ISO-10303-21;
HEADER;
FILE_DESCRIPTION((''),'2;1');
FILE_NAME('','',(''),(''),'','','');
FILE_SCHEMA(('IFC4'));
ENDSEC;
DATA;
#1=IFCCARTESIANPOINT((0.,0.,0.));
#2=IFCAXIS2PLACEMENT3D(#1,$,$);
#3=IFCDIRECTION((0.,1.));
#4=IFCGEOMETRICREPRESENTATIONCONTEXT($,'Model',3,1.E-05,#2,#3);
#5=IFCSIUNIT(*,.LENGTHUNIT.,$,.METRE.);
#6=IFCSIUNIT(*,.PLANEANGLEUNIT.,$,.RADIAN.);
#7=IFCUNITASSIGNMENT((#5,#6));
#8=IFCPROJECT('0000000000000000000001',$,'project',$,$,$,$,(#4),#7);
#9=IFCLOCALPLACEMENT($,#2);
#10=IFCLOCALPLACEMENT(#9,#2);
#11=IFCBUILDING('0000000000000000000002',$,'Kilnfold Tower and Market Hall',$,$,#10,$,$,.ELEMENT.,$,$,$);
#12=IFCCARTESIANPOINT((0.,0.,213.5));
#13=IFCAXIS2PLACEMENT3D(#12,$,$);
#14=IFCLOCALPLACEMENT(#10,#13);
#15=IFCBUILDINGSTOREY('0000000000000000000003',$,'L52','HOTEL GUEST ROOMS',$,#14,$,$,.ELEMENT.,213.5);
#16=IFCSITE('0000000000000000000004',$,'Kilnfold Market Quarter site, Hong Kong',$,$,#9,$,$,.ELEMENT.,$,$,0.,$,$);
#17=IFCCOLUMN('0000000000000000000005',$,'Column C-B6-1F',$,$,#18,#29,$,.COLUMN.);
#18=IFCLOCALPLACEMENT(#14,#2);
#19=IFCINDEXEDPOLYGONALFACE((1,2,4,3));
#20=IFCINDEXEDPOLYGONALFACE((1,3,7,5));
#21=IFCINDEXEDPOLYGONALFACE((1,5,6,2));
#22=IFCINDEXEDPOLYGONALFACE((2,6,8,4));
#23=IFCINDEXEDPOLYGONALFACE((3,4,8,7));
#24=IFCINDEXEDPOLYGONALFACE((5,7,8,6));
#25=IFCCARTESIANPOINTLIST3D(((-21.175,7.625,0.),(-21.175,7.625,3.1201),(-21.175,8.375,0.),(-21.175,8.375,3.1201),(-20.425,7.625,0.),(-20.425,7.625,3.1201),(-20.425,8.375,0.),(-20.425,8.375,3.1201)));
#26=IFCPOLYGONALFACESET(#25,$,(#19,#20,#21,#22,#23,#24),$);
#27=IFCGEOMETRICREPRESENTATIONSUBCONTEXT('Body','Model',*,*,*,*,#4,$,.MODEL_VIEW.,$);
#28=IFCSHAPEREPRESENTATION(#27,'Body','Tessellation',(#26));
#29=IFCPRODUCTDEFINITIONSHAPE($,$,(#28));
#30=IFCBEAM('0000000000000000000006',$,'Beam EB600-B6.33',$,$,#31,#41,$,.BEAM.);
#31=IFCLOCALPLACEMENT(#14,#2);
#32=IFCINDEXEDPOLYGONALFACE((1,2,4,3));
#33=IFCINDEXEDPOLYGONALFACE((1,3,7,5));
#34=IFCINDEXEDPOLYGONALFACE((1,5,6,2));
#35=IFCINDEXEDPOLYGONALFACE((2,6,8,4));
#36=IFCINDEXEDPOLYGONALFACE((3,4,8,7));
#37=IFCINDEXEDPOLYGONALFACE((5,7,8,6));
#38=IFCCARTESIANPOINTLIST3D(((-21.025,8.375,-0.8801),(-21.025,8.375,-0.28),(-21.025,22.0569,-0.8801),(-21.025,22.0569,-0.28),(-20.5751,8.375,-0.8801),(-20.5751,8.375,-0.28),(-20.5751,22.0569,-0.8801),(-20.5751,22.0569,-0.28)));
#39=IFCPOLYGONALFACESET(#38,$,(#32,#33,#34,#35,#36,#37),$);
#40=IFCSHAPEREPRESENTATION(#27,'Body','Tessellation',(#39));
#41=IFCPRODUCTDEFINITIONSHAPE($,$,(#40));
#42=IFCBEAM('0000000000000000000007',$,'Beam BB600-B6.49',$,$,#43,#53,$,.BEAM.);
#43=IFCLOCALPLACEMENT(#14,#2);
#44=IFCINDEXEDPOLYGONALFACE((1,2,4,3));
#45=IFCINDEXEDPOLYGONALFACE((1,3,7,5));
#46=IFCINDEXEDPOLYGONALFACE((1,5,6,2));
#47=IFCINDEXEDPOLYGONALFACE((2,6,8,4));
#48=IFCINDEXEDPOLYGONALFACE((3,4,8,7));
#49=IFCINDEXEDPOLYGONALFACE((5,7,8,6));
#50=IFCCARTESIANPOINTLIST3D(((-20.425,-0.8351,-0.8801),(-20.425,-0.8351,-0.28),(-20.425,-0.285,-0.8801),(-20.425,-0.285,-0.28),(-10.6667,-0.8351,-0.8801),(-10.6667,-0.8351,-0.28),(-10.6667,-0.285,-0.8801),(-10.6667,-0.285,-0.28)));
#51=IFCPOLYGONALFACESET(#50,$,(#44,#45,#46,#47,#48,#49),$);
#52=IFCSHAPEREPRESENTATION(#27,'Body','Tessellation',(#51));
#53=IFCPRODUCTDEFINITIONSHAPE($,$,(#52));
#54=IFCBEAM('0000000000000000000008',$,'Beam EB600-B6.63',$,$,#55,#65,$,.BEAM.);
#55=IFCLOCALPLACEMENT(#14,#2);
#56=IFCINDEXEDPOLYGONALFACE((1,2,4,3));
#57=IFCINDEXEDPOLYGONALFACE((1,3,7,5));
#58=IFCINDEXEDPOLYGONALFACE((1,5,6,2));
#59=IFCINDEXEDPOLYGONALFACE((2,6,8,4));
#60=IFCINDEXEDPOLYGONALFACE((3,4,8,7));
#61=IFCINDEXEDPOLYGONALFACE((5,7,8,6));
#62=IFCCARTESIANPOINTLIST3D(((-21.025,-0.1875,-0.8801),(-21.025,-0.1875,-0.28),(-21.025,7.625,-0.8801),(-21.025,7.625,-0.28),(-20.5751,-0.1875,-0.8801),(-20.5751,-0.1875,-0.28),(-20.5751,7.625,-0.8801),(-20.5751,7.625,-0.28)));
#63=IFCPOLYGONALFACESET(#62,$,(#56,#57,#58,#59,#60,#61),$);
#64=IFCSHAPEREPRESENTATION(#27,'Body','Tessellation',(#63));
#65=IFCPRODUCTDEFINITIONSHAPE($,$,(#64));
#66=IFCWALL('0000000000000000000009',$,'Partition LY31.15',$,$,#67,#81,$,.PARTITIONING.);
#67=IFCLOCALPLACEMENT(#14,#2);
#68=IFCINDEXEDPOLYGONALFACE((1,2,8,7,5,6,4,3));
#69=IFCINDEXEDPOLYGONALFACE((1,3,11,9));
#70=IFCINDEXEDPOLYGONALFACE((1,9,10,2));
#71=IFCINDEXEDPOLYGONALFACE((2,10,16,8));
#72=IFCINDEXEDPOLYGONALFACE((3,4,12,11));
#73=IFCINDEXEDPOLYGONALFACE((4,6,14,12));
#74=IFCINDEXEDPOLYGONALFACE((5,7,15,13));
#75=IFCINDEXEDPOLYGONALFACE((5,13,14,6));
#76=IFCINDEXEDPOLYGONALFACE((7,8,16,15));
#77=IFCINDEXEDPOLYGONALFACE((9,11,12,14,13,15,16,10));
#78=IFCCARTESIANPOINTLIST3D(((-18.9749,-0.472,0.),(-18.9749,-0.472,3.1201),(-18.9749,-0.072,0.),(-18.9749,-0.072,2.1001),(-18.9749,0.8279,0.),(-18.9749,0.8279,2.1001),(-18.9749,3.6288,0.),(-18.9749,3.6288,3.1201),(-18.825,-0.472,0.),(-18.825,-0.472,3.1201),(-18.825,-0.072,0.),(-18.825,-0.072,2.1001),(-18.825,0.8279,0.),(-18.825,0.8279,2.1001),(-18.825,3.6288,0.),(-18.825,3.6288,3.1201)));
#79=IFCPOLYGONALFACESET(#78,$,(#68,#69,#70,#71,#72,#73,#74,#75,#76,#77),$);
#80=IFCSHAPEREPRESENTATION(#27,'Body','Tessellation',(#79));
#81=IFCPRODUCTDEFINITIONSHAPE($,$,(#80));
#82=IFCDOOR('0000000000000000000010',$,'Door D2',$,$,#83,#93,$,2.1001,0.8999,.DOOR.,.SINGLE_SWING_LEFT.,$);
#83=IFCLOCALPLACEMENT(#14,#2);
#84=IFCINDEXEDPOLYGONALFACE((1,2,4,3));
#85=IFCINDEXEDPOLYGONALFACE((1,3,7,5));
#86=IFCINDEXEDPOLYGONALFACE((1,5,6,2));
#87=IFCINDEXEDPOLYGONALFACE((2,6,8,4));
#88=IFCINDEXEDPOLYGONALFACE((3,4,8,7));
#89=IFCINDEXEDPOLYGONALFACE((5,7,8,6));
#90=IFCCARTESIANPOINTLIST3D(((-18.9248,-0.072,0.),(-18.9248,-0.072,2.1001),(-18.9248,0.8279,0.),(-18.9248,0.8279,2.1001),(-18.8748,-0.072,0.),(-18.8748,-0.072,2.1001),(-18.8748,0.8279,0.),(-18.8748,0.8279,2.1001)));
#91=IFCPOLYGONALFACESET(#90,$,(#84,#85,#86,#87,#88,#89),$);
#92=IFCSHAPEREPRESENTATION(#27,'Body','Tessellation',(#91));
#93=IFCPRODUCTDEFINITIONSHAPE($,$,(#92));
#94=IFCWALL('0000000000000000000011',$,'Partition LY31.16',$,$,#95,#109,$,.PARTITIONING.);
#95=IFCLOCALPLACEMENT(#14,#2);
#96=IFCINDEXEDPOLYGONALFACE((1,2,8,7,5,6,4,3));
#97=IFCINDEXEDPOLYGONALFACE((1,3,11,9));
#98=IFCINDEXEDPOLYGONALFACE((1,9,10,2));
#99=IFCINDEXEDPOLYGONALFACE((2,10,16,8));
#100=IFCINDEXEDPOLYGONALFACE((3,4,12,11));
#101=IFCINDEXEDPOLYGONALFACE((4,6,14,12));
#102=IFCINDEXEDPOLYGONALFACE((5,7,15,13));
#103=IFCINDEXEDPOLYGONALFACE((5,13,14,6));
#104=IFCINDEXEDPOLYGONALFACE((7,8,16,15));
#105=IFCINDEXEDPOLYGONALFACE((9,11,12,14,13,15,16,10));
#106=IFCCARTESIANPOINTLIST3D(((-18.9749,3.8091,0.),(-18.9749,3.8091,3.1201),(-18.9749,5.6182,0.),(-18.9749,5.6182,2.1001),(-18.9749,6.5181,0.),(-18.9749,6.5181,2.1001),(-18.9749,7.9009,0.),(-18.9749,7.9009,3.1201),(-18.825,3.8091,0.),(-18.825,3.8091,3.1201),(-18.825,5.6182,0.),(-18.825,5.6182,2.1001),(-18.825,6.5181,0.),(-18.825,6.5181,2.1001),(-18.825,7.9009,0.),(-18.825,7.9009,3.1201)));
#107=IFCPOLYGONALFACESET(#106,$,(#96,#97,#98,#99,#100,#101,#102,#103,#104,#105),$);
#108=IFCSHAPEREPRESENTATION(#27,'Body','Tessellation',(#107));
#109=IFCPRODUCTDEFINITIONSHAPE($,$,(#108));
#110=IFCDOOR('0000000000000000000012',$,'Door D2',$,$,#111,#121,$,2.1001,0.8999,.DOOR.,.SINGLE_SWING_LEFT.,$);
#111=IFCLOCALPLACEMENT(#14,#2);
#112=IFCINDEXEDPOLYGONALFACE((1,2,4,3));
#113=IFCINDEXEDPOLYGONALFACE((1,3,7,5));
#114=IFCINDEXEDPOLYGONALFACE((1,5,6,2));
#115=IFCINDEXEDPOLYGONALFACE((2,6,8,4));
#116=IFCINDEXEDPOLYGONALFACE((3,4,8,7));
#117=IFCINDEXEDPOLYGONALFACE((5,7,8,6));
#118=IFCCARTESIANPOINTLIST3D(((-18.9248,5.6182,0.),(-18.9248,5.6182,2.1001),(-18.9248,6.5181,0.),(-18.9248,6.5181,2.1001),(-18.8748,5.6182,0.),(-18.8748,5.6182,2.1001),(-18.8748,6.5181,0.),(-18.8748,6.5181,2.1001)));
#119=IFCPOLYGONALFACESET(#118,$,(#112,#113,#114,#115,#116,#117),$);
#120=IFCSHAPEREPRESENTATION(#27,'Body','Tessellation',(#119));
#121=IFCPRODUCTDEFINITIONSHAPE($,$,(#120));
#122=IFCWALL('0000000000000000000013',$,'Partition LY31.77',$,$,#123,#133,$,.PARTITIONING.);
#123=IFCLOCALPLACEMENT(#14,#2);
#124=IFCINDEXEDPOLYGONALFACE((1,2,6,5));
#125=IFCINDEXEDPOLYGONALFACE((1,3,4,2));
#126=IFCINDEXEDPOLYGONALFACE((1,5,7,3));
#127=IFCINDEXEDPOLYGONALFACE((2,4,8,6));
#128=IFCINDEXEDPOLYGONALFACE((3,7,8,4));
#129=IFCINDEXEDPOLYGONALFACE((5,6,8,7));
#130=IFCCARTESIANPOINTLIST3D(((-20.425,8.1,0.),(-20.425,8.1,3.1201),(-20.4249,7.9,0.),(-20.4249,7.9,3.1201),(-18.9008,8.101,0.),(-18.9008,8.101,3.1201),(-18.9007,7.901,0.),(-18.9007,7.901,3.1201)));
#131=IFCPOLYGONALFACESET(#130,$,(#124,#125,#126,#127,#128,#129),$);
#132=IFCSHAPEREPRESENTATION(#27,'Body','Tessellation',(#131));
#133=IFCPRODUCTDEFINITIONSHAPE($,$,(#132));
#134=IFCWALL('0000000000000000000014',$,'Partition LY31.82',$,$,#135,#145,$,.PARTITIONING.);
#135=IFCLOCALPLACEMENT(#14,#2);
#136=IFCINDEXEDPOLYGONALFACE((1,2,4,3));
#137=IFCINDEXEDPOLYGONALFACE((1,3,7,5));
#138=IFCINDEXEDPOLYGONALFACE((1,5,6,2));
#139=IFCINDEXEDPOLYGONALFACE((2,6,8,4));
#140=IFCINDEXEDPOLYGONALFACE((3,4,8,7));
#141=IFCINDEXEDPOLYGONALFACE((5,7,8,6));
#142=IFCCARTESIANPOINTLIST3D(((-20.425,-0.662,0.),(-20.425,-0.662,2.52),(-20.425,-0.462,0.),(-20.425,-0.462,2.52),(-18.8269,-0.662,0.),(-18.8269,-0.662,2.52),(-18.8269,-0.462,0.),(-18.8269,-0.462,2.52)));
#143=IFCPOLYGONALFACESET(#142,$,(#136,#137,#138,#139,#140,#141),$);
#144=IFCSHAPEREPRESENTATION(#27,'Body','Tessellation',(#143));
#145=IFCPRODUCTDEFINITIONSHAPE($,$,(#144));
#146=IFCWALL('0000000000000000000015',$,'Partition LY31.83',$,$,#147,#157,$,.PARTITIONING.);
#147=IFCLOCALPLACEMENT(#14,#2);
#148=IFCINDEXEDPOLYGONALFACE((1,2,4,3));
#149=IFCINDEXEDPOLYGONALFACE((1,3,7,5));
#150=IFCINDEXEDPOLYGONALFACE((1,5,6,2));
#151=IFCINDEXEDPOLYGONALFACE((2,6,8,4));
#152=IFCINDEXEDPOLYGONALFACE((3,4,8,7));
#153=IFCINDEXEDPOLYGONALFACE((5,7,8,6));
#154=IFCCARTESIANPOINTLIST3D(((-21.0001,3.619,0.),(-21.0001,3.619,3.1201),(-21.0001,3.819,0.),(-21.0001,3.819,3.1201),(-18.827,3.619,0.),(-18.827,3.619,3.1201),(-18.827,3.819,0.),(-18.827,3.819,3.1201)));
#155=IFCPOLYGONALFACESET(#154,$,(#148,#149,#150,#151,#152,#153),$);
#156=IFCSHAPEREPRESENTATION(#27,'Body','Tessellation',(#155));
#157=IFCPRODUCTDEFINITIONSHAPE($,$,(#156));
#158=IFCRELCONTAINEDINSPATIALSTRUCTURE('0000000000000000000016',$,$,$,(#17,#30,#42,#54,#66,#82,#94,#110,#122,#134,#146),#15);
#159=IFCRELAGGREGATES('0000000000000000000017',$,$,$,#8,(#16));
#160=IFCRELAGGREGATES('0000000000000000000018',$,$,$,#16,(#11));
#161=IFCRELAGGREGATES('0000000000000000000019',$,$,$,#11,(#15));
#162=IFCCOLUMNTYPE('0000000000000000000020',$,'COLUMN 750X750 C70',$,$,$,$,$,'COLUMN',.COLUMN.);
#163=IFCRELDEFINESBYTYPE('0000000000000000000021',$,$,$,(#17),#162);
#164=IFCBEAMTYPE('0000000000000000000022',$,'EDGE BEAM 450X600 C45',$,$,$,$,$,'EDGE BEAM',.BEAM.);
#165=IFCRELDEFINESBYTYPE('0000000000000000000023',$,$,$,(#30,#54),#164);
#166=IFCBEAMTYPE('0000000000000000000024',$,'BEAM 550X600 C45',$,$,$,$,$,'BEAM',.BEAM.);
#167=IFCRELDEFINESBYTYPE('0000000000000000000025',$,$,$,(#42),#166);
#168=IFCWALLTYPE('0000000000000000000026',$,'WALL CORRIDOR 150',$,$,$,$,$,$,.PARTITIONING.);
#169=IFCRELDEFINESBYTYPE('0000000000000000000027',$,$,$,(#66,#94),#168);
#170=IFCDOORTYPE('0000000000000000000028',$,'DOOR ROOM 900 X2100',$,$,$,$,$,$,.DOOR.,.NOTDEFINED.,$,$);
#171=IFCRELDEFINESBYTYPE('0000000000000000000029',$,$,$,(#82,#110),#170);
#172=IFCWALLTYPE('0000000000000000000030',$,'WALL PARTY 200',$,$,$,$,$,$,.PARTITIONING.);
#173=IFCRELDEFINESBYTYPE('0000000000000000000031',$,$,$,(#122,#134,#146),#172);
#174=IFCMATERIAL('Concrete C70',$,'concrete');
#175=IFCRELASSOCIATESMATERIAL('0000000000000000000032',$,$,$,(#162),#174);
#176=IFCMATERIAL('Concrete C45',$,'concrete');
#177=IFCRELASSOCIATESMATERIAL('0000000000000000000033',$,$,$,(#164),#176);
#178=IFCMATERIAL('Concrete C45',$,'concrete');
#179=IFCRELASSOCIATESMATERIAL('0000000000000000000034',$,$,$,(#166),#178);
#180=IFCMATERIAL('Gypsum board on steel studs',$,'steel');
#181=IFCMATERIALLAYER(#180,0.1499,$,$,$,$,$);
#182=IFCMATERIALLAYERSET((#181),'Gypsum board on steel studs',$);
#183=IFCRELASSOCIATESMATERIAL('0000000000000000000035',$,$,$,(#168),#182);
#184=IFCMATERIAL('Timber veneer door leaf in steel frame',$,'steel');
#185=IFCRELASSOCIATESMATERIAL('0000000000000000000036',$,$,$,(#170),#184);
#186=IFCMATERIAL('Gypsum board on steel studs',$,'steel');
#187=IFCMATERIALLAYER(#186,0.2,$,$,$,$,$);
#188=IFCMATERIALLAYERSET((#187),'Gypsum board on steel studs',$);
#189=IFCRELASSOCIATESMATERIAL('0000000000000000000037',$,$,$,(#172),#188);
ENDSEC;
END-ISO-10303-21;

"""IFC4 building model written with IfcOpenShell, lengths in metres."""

from ifc_helpers import new_model, si_unit, direction, frame, frame_2d, origin, origin_2d, place, context, subcontext, project, spatial, rectangle, extrude, source, transform, mapped, material, layer, layer_set, material_profile, profile_set, type_object, element, fill, save


model = new_model("IFC4")

# Units and contexts
model_context = context("Model", 3, precision=1e-05, world=origin(), true_north=direction((0.0, 1.0)))
body_context = subcontext(model_context, "Body", "Model", "MODEL_VIEW")
ifc_project = project(units=[si_unit("LENGTHUNIT", "METRE"), si_unit("PLANEANGLEUNIT", "RADIAN")], contexts=[model_context])

# Site, building, storey
site_placement = place(None, origin())
site = spatial("IfcSite", under=ifc_project, at=site_placement, Name="Kilnfold Market Quarter site, Hong Kong", CompositionType="ELEMENT", RefElevation=0.0)
building_placement = place(site_placement, origin())
building = spatial("IfcBuilding", under=site, at=building_placement, Name="Kilnfold Tower and Market Hall", CompositionType="ELEMENT")
storey_placement = place(building_placement, frame((0.0, 0.0, 213.5)))
storey = spatial("IfcBuildingStorey", under=building, at=storey_placement, Name="L52", Description="HOTEL GUEST ROOMS", CompositionType="ELEMENT", Elevation=213.5)

# Column
ifc_material_1 = material(Name="Concrete C70", Category="concrete")
ifc_material_profile_1 = material_profile(ifc_material_1, rectangle(XDim=0.75, YDim=0.75, at=origin_2d()), Name="RC 750x750")
ifc_profile_set_1 = profile_set([ifc_material_profile_1], Name="Concrete C70")
column_type = type_object("IfcColumnType", Name="COLUMN 750X750 C70", ElementType="COLUMN", PredefinedType="COLUMN", material=ifc_profile_set_1)
shared_shape_1 = source(origin(), body_context, "Body", "SweptSolid", [
    extrude(rectangle(XDim=0.75, YDim=0.75, at=origin_2d()), origin(), (0.0, 0.0, 1.0), 3.1201),
])
column_placement = place(storey_placement, frame((-20.8, 8.0, 0.0), z_axis=(0.0, 0.0, 1.0), x_axis=(1.0, 0.0, 0.0)))
element("IfcColumn", 1, at=column_placement, inside=storey, type_object=column_type, Name="Column C-B6-1F", PredefinedType="COLUMN", context=body_context, shape_type="MappedRepresentation", body=[
    mapped(shared_shape_1, transform((0.0, 0.0, 0.0))),
])

# Beams
ifc_material_2 = material(Name="Concrete C45", Category="concrete")
ifc_material_profile_2 = material_profile(ifc_material_2, rectangle(XDim=0.45, YDim=0.6001, at=origin_2d()), Name="RC 450x600")
ifc_profile_set_2 = profile_set([ifc_material_profile_2], Name="Concrete C45")
beam_type_1 = type_object("IfcBeamType", Name="EDGE BEAM 450X600 C45", ElementType="EDGE BEAM", PredefinedType="BEAM", material=ifc_profile_set_2)
shared_shape_2 = source(origin(), body_context, "Body", "SweptSolid", [
    extrude(rectangle(XDim=0.45, YDim=0.6001, at=origin_2d()), origin(), (0.0, 0.0, 1.0), 13.6819),
])
beam_1_placement = place(storey_placement, frame((-20.8, 8.375, -0.5801), z_axis=(0.0, 1.0, 0.0), x_axis=(-1.0, 0.0, 0.0)))
element("IfcBeam", 2, at=beam_1_placement, inside=storey, type_object=beam_type_1, Name="Beam EB600-B6.33", PredefinedType="BEAM", context=body_context, shape_type="MappedRepresentation", body=[
    mapped(shared_shape_2, transform((0.0, 0.0, 0.0))),
])
ifc_material_3 = material(Name="Concrete C45", Category="concrete")
ifc_material_profile_3 = material_profile(ifc_material_3, rectangle(XDim=0.55, YDim=0.6001, at=origin_2d()), Name="RC 550x600")
ifc_profile_set_3 = profile_set([ifc_material_profile_3], Name="Concrete C45")
beam_type_2 = type_object("IfcBeamType", Name="BEAM 550X600 C45", ElementType="BEAM", PredefinedType="BEAM", material=ifc_profile_set_3)
shared_shape_3 = source(origin(), body_context, "Body", "SweptSolid", [
    extrude(rectangle(XDim=0.55, YDim=0.6001, at=origin_2d()), origin(), (0.0, 0.0, 1.0), 9.7583),
])
beam_2_placement = place(storey_placement, frame((-20.425, -0.5601, -0.5801), z_axis=(1.0, 0.0, 0.0), x_axis=(0.0, 1.0, 0.0)))
element("IfcBeam", 3, at=beam_2_placement, inside=storey, type_object=beam_type_2, Name="Beam BB600-B6.49", PredefinedType="BEAM", context=body_context, shape_type="MappedRepresentation", body=[
    mapped(shared_shape_3, transform((0.0, 0.0, 0.0))),
])
shared_shape_4 = source(origin(), body_context, "Body", "SweptSolid", [
    extrude(rectangle(XDim=0.45, YDim=0.6001, at=origin_2d()), origin(), (0.0, 0.0, 1.0), 7.8125),
])
beam_3_placement = place(storey_placement, frame((-20.8, -0.1875, -0.5801), z_axis=(0.0, 1.0, 0.0), x_axis=(-1.0, 0.0, 0.0)))
element("IfcBeam", 4, at=beam_3_placement, inside=storey, type_object=beam_type_1, Name="Beam EB600-B6.63", PredefinedType="BEAM", context=body_context, shape_type="MappedRepresentation", body=[
    mapped(shared_shape_4, transform((0.0, 0.0, 0.0))),
])

# Walls, openings, doors
ifc_material_4 = material(Name="Gypsum board on steel studs", Category="steel")
ifc_layer_1 = layer(ifc_material_4, 0.1499)
ifc_layer_set_1 = layer_set([ifc_layer_1], Name="Gypsum board on steel studs")
wall_type_1 = type_object("IfcWallType", Name="WALL CORRIDOR 150", PredefinedType="PARTITIONING", material=ifc_layer_set_1)
wall_1_placement = place(storey_placement, frame((-18.8999, -0.4719, 0.0), z_axis=(0.0, 0.0, 1.0), x_axis=(0.0, 1.0, 0.0)))
wall_1 = element("IfcWall", 5, at=wall_1_placement, inside=storey, type_object=wall_type_1, Name="Partition LY31.15", PredefinedType="PARTITIONING", context=body_context, shape_type="SweptSolid", body=[
    extrude(rectangle(XDim=4.1008, YDim=0.1499, at=frame_2d((2.0503, 0.0))), origin(), (0.0, 0.0, 1.0), 3.1201),
])
opening_1_placement = place(wall_1_placement, frame((0.3999, 0.0, 0.0)))
opening_1 = element("IfcOpeningElement", 6, at=opening_1_placement, cuts=wall_1, PredefinedType="OPENING", context=body_context, shape_type="SweptSolid", body=[
    extrude(rectangle(XDim=0.8999, YDim=2.1001, at=frame_2d((0.45, 1.05))), frame((0.0, 0.085, 0.0), z_axis=(0.0, -1.0, 0.0), x_axis=(1.0, 0.0, 0.0)), (0.0, 0.0, 1.0), 0.1699),
])
ifc_material_5 = material(Name="Timber veneer door leaf in steel frame", Category="steel")
door_type = type_object("IfcDoorType", Name="DOOR ROOM 900 X2100", OperationType="NOTDEFINED", PredefinedType="DOOR", material=ifc_material_5)
door_1_placement = place(opening_1_placement, origin())
door_1 = element("IfcDoor", 7, at=door_1_placement, inside=storey, type_object=door_type, Name="Door D2", OperationType="SINGLE_SWING_LEFT", OverallHeight=2.1001, OverallWidth=0.8999, PredefinedType="DOOR", context=body_context, shape_type="SweptSolid", body=[
    extrude(rectangle(XDim=0.8999, YDim=2.1001, at=frame_2d((0.45, 1.05))), frame((0.0, 0.0249, 0.0), z_axis=(0.0, -1.0, 0.0), x_axis=(1.0, 0.0, 0.0)), (0.0, 0.0, 1.0), 0.05),
])
fill(opening_1, door_1)
wall_2_placement = place(storey_placement, frame((-18.8999, 3.8091, 0.0), z_axis=(0.0, 0.0, 1.0), x_axis=(0.0, 1.0, 0.0)))
wall_2 = element("IfcWall", 8, at=wall_2_placement, inside=storey, type_object=wall_type_1, Name="Partition LY31.16", PredefinedType="PARTITIONING", context=body_context, shape_type="SweptSolid", body=[
    extrude(rectangle(XDim=4.0918, YDim=0.1499, at=frame_2d((2.0459, 0.0))), origin(), (0.0, 0.0, 1.0), 3.1201),
])
opening_2_placement = place(wall_2_placement, frame((1.8091, 0.0, 0.0)))
opening_2 = element("IfcOpeningElement", 9, at=opening_2_placement, cuts=wall_2, PredefinedType="OPENING", context=body_context, shape_type="SweptSolid", body=[
    extrude(rectangle(XDim=0.8999, YDim=2.1001, at=frame_2d((0.45, 1.05))), frame((0.0, 0.085, 0.0), z_axis=(0.0, -1.0, 0.0), x_axis=(1.0, 0.0, 0.0)), (0.0, 0.0, 1.0), 0.1699),
])
door_2_placement = place(opening_2_placement, origin())
door_2 = element("IfcDoor", 10, at=door_2_placement, inside=storey, type_object=door_type, Name="Door D2", OperationType="SINGLE_SWING_LEFT", OverallHeight=2.1001, OverallWidth=0.8999, PredefinedType="DOOR", context=body_context, shape_type="SweptSolid", body=[
    extrude(rectangle(XDim=0.8999, YDim=2.1001, at=frame_2d((0.45, 1.05))), frame((0.0, 0.0249, 0.0), z_axis=(0.0, -1.0, 0.0), x_axis=(1.0, 0.0, 0.0)), (0.0, 0.0, 1.0), 0.05),
])
fill(opening_2, door_2)

# Walls
ifc_material_6 = material(Name="Gypsum board on steel studs", Category="steel")
ifc_layer_2 = layer(ifc_material_6, 0.2)
ifc_layer_set_2 = layer_set([ifc_layer_2], Name="Gypsum board on steel studs")
wall_type_2 = type_object("IfcWallType", Name="WALL PARTY 200", PredefinedType="PARTITIONING", material=ifc_layer_set_2)
wall_3_placement = place(storey_placement, frame((-20.425, 8.0, 0.0), z_axis=(0.0, 0.0, 1.0), x_axis=(1.0, 0.000641, 0.0)))
element("IfcWall", 11, at=wall_3_placement, inside=storey, type_object=wall_type_2, Name="Partition LY31.77", PredefinedType="PARTITIONING", context=body_context, shape_type="SweptSolid", body=[
    extrude(rectangle(XDim=1.5242, YDim=0.2, at=frame_2d((0.7622, 0.0))), origin(), (0.0, 0.0, 1.0), 3.1201),
])
wall_4_placement = place(storey_placement, frame((-18.8269, -0.562, 0.0), z_axis=(0.0, 0.0, 1.0), x_axis=(-1.0, 0.0, 0.0)))
element("IfcWall", 12, at=wall_4_placement, inside=storey, type_object=wall_type_2, Name="Partition LY31.82", PredefinedType="PARTITIONING", context=body_context, shape_type="SweptSolid", body=[
    extrude(rectangle(XDim=1.5981, YDim=0.2, at=frame_2d((0.7991, 0.0))), origin(), (0.0, 0.0, 1.0), 2.52),
])
wall_5_placement = place(storey_placement, frame((-21.0, 3.719, 0.0), z_axis=(0.0, 0.0, 1.0), x_axis=(1.0, 0.0, 0.0)))
element("IfcWall", 13, at=wall_5_placement, inside=storey, type_object=wall_type_2, Name="Partition LY31.83", PredefinedType="PARTITIONING", context=body_context, shape_type="SweptSolid", body=[
    extrude(rectangle(XDim=2.1731, YDim=0.2, at=frame_2d((1.0864, 0.0))), origin(), (0.0, 0.0, 1.0), 3.1201),
])

save(model, "model.ifc")
